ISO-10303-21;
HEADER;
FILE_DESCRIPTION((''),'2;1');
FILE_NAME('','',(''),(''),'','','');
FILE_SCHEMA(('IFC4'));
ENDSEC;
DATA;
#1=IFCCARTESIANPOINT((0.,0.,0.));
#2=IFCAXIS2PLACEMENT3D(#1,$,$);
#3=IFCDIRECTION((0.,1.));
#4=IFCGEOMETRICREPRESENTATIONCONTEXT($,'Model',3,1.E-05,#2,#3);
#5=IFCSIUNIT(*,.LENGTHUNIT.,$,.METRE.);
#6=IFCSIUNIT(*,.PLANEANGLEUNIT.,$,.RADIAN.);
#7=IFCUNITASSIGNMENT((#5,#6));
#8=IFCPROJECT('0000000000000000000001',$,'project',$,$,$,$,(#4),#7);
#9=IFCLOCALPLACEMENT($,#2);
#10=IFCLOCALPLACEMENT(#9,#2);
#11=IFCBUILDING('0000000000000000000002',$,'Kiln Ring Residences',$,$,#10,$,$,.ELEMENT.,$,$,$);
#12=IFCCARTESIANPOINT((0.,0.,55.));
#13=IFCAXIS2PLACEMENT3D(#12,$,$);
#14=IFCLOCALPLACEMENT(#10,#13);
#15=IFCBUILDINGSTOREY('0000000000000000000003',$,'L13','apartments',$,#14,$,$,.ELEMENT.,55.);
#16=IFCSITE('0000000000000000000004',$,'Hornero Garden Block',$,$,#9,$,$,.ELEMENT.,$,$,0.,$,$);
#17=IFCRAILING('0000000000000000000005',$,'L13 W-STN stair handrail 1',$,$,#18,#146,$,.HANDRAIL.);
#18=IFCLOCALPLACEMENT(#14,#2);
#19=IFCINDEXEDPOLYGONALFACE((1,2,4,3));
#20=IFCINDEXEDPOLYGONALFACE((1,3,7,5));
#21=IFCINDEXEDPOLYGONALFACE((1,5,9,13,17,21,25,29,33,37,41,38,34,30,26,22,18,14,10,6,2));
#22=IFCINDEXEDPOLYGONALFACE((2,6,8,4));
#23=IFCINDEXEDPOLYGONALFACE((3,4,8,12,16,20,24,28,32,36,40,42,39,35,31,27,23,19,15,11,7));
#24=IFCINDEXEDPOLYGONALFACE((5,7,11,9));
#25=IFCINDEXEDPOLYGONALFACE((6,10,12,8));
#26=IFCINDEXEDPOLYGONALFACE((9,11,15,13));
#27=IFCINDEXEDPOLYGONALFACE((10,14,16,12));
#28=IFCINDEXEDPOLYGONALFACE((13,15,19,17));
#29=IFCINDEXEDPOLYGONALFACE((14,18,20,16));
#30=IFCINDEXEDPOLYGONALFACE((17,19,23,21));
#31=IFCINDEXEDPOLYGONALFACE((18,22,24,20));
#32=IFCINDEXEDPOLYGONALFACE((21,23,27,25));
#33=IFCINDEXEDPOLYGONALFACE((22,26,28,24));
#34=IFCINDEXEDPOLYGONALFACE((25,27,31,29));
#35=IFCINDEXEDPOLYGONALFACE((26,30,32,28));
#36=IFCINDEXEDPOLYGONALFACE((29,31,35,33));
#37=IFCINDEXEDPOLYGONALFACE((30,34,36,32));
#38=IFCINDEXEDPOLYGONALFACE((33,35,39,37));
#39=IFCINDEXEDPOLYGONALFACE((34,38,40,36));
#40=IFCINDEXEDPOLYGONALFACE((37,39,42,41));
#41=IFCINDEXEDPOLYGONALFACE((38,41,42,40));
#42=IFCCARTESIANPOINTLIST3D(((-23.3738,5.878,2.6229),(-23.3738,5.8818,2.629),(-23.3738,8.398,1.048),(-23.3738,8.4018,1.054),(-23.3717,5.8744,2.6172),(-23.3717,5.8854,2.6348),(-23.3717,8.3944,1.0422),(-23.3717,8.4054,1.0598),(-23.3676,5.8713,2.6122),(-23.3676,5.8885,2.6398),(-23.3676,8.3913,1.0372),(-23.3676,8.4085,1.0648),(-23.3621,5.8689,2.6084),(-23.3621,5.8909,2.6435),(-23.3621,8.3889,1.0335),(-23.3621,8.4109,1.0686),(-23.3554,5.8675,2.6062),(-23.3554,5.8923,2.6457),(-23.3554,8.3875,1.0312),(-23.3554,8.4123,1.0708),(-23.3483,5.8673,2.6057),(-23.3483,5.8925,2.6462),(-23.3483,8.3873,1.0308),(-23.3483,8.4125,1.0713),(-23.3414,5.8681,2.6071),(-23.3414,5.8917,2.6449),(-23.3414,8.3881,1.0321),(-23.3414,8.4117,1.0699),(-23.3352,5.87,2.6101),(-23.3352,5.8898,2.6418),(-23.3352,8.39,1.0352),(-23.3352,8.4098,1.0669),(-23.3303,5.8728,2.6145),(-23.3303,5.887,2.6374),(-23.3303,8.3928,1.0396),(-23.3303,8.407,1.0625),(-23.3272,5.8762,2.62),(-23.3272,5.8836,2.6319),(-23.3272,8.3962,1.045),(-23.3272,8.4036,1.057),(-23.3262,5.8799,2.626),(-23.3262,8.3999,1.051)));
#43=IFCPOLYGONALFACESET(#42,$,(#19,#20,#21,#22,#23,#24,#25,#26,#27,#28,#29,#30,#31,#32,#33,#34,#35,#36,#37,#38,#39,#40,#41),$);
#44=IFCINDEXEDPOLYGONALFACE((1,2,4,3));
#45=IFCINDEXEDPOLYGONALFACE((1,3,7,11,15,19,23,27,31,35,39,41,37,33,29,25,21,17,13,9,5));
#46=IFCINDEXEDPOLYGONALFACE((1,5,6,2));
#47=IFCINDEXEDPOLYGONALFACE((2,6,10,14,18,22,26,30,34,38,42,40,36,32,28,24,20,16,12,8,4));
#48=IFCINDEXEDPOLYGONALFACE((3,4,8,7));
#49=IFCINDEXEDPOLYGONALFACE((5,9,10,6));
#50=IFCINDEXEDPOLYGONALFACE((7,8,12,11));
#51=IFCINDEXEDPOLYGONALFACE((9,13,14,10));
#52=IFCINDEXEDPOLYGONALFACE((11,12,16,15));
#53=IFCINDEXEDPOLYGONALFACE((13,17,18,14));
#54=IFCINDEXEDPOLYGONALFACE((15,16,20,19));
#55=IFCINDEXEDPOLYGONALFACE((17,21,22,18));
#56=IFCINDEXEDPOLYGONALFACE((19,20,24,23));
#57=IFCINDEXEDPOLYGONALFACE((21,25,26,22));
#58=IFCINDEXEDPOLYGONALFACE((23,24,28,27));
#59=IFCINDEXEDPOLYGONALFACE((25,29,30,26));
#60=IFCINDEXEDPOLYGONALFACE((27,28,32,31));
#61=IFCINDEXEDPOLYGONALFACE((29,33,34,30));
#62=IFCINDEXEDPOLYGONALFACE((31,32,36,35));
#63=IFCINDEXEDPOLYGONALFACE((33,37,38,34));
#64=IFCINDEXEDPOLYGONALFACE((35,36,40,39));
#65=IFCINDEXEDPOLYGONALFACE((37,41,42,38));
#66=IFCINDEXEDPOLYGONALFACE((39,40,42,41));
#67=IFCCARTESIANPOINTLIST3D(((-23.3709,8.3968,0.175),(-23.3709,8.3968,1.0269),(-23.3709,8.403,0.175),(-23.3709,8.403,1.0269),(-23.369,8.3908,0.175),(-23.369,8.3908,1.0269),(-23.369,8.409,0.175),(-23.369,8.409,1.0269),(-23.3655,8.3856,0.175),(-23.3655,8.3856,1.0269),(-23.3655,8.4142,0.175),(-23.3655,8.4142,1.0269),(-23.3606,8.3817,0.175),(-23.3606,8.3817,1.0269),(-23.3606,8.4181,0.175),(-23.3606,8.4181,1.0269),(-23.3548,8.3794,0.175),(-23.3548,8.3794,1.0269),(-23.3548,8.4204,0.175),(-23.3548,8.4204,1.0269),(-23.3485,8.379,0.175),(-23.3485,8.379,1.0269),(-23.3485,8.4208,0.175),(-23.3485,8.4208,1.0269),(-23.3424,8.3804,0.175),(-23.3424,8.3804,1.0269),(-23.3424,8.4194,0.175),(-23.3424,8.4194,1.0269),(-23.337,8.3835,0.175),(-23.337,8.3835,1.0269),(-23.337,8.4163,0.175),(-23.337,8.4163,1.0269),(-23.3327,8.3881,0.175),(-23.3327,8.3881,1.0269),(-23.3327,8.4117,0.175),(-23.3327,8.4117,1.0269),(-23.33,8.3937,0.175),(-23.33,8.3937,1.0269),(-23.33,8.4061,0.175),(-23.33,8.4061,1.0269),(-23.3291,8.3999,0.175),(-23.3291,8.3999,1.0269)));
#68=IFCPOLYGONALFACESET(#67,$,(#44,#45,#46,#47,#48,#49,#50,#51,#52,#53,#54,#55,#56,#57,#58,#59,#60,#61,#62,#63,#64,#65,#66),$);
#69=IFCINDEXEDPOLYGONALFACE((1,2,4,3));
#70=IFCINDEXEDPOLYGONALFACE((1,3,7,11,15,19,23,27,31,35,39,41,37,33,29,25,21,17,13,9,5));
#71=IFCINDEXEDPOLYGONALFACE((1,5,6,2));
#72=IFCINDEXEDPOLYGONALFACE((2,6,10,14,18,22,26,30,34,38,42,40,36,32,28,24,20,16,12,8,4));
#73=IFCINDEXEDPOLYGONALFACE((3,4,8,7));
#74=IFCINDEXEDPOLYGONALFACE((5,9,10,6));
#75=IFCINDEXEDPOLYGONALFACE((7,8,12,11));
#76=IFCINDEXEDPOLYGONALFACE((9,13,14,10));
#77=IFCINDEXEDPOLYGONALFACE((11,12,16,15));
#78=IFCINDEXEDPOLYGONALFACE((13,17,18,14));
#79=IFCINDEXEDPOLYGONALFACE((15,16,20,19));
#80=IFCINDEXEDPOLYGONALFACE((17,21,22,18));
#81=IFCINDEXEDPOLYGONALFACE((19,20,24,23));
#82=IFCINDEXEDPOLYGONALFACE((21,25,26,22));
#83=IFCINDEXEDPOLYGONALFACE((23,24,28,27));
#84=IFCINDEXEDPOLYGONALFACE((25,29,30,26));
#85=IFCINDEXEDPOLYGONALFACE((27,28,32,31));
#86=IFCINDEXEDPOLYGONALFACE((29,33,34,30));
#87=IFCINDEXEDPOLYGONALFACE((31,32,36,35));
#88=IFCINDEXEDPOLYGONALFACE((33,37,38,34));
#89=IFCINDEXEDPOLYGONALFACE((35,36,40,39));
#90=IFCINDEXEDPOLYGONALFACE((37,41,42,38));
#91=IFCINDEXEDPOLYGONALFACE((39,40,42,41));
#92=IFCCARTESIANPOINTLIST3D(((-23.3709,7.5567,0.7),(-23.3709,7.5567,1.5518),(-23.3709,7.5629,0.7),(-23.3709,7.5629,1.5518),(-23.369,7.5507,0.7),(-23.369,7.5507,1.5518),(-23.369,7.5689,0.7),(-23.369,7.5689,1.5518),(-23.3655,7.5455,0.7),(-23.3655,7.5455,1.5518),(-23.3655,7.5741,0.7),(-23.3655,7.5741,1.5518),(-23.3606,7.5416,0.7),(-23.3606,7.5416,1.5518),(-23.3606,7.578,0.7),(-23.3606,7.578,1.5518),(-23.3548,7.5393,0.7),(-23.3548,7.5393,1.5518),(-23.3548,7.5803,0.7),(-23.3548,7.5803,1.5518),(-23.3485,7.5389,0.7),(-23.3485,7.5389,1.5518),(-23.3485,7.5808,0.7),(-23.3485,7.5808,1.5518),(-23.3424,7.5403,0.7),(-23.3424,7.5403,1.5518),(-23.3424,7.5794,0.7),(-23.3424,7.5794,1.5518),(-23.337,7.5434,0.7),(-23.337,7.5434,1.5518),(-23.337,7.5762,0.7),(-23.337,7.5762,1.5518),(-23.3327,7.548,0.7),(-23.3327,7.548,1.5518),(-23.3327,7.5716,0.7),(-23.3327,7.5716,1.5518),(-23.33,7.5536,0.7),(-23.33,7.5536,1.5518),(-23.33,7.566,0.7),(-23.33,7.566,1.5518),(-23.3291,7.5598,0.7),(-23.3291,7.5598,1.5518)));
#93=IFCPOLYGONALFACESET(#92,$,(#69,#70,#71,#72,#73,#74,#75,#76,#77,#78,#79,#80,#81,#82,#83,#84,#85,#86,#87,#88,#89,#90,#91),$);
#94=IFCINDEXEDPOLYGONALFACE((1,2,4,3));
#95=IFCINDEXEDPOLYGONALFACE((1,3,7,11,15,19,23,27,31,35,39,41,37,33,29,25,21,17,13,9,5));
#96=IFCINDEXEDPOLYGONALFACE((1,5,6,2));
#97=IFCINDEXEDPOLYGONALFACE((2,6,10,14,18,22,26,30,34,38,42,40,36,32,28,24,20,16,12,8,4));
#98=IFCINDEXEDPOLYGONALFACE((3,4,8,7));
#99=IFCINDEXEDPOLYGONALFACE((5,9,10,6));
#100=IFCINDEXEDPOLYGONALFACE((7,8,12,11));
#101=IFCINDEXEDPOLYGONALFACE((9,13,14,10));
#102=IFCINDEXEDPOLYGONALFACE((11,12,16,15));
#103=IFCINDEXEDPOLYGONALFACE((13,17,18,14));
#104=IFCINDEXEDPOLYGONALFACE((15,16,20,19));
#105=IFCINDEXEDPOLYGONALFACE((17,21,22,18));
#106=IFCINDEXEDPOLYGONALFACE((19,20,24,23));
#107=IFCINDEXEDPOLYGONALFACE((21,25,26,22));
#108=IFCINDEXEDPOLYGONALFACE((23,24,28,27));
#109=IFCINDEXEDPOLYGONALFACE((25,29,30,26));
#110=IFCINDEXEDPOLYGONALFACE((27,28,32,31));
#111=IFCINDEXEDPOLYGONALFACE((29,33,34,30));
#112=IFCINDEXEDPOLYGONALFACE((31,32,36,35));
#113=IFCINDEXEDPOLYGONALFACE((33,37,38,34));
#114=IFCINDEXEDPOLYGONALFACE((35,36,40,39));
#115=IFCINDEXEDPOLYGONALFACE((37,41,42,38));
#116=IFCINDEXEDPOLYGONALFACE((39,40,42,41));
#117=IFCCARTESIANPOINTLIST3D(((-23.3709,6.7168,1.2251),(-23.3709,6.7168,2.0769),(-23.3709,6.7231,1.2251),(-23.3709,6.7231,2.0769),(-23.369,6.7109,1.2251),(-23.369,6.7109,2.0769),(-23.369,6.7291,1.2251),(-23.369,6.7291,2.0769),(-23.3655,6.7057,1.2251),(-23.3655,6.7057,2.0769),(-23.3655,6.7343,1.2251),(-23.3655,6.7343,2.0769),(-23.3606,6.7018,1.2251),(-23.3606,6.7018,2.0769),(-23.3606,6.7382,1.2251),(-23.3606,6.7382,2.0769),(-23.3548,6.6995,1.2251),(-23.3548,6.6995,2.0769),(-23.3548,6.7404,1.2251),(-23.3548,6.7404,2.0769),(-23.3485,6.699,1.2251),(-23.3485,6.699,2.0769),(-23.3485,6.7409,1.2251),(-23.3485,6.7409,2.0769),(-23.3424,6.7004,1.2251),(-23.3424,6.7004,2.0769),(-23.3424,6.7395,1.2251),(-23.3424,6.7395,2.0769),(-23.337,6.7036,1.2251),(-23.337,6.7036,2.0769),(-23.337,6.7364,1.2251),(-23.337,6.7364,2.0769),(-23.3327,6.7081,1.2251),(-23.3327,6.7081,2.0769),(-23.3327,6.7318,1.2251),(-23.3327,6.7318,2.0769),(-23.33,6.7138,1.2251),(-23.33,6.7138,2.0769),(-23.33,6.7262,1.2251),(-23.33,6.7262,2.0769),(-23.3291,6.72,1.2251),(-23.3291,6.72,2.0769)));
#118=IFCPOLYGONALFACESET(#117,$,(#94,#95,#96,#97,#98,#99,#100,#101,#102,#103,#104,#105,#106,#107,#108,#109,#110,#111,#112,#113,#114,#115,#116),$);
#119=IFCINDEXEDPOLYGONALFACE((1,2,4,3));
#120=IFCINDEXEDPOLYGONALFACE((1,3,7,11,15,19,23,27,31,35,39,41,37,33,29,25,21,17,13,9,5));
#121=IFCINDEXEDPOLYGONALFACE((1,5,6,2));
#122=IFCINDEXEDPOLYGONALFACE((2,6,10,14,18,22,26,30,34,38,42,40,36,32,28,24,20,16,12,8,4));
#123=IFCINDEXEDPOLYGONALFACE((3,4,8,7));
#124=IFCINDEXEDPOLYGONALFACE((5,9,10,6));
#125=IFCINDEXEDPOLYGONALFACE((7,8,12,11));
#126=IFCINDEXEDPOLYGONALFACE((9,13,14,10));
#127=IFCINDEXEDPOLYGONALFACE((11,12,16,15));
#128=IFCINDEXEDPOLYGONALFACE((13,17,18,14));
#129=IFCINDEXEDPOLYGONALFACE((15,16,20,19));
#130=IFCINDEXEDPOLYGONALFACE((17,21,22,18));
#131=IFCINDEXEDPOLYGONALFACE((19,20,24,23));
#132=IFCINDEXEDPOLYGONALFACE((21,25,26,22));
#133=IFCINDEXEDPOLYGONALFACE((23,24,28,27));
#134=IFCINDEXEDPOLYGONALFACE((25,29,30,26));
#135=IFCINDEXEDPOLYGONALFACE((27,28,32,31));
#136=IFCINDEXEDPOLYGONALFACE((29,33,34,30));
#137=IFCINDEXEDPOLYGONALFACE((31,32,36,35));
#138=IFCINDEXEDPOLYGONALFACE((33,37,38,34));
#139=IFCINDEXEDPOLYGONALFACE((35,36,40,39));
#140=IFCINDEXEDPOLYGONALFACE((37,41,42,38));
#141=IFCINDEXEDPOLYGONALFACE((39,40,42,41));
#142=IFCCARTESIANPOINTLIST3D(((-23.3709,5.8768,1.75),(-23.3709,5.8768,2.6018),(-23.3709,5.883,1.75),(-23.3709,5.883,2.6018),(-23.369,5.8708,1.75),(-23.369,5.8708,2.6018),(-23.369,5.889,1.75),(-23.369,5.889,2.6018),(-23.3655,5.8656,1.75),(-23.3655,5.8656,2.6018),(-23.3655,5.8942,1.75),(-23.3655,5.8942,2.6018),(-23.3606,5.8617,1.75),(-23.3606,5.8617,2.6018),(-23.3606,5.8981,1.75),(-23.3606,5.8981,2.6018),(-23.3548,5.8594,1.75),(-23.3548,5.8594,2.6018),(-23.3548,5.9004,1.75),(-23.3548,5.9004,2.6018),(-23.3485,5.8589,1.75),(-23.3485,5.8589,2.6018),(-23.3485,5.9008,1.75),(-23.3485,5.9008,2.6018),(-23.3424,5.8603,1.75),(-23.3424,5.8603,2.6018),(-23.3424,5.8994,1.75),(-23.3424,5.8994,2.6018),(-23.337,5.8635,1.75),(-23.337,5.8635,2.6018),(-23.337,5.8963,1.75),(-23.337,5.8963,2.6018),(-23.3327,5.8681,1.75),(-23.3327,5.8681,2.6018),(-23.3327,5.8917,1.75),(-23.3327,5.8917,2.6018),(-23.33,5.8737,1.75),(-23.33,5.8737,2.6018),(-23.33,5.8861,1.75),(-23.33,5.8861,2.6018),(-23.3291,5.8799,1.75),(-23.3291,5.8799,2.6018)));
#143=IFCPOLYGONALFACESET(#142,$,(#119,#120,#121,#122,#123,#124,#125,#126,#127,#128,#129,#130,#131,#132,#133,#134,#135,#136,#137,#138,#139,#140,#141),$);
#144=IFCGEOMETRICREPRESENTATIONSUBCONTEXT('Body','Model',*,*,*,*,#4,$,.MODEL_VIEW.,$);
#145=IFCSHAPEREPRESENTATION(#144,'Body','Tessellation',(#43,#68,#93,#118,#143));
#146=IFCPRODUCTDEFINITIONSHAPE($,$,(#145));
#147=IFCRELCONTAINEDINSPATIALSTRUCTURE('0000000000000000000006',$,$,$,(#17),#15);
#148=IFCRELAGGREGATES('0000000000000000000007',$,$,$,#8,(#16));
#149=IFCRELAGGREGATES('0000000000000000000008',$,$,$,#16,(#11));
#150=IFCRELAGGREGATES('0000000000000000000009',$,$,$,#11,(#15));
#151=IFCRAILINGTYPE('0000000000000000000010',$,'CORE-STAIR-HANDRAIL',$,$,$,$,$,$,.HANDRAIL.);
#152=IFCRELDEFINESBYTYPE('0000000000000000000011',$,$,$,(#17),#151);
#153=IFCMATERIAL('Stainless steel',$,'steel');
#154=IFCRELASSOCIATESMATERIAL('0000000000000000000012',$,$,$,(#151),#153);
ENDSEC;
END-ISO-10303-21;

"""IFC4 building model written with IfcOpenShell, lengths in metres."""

from ifc_helpers import new_model, si_unit, direction, frame, origin, origin_2d, place, context, subcontext, project, spatial, circle, extrude, material, type_object, element, save


model = new_model("IFC4")

# Units and contexts
model_context = context("Model", 3, precision=1e-05, world=origin(), true_north=direction((0.0, 1.0)))
body_context = subcontext(model_context, "Body", "Model", "MODEL_VIEW")
ifc_project = project(units=[si_unit("LENGTHUNIT", "METRE"), si_unit("PLANEANGLEUNIT", "RADIAN")], contexts=[model_context])

# Site, building, storey
site_placement = place(None, origin())
site = spatial("IfcSite", under=ifc_project, at=site_placement, Name="Hornero Garden Block", CompositionType="ELEMENT", RefElevation=0.0)
building_placement = place(site_placement, origin())
building = spatial("IfcBuilding", under=site, at=building_placement, Name="Kiln Ring Residences", CompositionType="ELEMENT")
storey_placement = place(building_placement, frame((0.0, 0.0, 55.0)))
storey = spatial("IfcBuildingStorey", under=building, at=storey_placement, Name="L13", Description="apartments", CompositionType="ELEMENT", Elevation=55.0)

# Railing
ifc_material_1 = material(Name="Stainless steel", Category="steel")
railing_type_1 = type_object("IfcRailingType", Name="CORE-STAIR-HANDRAIL", PredefinedType="HANDRAIL", material=ifc_material_1)
railing_1_placement = place(storey_placement, frame((-23.3501, 8.3999, 0.175)))
element("IfcRailing", 1, at=railing_1_placement, inside=storey, type_object=railing_type_1, Name="L13 W-STN stair handrail 1", PredefinedType="HANDRAIL", context=body_context, shape_type="SweptSolid", body=[
    extrude(circle(Radius=0.0239, at=origin_2d()), frame((0.0, 0.0, 0.876), z_axis=(0.0, -0.848008, 0.529984), x_axis=(1.0, 0.0, 0.0)), (0.0, 0.0, 1.0), 2.9717),
    extrude(circle(Radius=0.021, at=origin_2d()), origin(), (0.0, 0.0, 1.0), 0.8518),
    extrude(circle(Radius=0.021, at=origin_2d()), frame((0.0, -0.8401, 0.5249)), (0.0, 0.0, 1.0), 0.8518),
    extrude(circle(Radius=0.021, at=origin_2d()), frame((0.0, -1.6799, 1.05)), (0.0, 0.0, 1.0), 0.8518),
    extrude(circle(Radius=0.021, at=origin_2d()), frame((0.0, -2.52, 1.575)), (0.0, 0.0, 1.0), 0.8518),
])

save(model, "model.ifc")
